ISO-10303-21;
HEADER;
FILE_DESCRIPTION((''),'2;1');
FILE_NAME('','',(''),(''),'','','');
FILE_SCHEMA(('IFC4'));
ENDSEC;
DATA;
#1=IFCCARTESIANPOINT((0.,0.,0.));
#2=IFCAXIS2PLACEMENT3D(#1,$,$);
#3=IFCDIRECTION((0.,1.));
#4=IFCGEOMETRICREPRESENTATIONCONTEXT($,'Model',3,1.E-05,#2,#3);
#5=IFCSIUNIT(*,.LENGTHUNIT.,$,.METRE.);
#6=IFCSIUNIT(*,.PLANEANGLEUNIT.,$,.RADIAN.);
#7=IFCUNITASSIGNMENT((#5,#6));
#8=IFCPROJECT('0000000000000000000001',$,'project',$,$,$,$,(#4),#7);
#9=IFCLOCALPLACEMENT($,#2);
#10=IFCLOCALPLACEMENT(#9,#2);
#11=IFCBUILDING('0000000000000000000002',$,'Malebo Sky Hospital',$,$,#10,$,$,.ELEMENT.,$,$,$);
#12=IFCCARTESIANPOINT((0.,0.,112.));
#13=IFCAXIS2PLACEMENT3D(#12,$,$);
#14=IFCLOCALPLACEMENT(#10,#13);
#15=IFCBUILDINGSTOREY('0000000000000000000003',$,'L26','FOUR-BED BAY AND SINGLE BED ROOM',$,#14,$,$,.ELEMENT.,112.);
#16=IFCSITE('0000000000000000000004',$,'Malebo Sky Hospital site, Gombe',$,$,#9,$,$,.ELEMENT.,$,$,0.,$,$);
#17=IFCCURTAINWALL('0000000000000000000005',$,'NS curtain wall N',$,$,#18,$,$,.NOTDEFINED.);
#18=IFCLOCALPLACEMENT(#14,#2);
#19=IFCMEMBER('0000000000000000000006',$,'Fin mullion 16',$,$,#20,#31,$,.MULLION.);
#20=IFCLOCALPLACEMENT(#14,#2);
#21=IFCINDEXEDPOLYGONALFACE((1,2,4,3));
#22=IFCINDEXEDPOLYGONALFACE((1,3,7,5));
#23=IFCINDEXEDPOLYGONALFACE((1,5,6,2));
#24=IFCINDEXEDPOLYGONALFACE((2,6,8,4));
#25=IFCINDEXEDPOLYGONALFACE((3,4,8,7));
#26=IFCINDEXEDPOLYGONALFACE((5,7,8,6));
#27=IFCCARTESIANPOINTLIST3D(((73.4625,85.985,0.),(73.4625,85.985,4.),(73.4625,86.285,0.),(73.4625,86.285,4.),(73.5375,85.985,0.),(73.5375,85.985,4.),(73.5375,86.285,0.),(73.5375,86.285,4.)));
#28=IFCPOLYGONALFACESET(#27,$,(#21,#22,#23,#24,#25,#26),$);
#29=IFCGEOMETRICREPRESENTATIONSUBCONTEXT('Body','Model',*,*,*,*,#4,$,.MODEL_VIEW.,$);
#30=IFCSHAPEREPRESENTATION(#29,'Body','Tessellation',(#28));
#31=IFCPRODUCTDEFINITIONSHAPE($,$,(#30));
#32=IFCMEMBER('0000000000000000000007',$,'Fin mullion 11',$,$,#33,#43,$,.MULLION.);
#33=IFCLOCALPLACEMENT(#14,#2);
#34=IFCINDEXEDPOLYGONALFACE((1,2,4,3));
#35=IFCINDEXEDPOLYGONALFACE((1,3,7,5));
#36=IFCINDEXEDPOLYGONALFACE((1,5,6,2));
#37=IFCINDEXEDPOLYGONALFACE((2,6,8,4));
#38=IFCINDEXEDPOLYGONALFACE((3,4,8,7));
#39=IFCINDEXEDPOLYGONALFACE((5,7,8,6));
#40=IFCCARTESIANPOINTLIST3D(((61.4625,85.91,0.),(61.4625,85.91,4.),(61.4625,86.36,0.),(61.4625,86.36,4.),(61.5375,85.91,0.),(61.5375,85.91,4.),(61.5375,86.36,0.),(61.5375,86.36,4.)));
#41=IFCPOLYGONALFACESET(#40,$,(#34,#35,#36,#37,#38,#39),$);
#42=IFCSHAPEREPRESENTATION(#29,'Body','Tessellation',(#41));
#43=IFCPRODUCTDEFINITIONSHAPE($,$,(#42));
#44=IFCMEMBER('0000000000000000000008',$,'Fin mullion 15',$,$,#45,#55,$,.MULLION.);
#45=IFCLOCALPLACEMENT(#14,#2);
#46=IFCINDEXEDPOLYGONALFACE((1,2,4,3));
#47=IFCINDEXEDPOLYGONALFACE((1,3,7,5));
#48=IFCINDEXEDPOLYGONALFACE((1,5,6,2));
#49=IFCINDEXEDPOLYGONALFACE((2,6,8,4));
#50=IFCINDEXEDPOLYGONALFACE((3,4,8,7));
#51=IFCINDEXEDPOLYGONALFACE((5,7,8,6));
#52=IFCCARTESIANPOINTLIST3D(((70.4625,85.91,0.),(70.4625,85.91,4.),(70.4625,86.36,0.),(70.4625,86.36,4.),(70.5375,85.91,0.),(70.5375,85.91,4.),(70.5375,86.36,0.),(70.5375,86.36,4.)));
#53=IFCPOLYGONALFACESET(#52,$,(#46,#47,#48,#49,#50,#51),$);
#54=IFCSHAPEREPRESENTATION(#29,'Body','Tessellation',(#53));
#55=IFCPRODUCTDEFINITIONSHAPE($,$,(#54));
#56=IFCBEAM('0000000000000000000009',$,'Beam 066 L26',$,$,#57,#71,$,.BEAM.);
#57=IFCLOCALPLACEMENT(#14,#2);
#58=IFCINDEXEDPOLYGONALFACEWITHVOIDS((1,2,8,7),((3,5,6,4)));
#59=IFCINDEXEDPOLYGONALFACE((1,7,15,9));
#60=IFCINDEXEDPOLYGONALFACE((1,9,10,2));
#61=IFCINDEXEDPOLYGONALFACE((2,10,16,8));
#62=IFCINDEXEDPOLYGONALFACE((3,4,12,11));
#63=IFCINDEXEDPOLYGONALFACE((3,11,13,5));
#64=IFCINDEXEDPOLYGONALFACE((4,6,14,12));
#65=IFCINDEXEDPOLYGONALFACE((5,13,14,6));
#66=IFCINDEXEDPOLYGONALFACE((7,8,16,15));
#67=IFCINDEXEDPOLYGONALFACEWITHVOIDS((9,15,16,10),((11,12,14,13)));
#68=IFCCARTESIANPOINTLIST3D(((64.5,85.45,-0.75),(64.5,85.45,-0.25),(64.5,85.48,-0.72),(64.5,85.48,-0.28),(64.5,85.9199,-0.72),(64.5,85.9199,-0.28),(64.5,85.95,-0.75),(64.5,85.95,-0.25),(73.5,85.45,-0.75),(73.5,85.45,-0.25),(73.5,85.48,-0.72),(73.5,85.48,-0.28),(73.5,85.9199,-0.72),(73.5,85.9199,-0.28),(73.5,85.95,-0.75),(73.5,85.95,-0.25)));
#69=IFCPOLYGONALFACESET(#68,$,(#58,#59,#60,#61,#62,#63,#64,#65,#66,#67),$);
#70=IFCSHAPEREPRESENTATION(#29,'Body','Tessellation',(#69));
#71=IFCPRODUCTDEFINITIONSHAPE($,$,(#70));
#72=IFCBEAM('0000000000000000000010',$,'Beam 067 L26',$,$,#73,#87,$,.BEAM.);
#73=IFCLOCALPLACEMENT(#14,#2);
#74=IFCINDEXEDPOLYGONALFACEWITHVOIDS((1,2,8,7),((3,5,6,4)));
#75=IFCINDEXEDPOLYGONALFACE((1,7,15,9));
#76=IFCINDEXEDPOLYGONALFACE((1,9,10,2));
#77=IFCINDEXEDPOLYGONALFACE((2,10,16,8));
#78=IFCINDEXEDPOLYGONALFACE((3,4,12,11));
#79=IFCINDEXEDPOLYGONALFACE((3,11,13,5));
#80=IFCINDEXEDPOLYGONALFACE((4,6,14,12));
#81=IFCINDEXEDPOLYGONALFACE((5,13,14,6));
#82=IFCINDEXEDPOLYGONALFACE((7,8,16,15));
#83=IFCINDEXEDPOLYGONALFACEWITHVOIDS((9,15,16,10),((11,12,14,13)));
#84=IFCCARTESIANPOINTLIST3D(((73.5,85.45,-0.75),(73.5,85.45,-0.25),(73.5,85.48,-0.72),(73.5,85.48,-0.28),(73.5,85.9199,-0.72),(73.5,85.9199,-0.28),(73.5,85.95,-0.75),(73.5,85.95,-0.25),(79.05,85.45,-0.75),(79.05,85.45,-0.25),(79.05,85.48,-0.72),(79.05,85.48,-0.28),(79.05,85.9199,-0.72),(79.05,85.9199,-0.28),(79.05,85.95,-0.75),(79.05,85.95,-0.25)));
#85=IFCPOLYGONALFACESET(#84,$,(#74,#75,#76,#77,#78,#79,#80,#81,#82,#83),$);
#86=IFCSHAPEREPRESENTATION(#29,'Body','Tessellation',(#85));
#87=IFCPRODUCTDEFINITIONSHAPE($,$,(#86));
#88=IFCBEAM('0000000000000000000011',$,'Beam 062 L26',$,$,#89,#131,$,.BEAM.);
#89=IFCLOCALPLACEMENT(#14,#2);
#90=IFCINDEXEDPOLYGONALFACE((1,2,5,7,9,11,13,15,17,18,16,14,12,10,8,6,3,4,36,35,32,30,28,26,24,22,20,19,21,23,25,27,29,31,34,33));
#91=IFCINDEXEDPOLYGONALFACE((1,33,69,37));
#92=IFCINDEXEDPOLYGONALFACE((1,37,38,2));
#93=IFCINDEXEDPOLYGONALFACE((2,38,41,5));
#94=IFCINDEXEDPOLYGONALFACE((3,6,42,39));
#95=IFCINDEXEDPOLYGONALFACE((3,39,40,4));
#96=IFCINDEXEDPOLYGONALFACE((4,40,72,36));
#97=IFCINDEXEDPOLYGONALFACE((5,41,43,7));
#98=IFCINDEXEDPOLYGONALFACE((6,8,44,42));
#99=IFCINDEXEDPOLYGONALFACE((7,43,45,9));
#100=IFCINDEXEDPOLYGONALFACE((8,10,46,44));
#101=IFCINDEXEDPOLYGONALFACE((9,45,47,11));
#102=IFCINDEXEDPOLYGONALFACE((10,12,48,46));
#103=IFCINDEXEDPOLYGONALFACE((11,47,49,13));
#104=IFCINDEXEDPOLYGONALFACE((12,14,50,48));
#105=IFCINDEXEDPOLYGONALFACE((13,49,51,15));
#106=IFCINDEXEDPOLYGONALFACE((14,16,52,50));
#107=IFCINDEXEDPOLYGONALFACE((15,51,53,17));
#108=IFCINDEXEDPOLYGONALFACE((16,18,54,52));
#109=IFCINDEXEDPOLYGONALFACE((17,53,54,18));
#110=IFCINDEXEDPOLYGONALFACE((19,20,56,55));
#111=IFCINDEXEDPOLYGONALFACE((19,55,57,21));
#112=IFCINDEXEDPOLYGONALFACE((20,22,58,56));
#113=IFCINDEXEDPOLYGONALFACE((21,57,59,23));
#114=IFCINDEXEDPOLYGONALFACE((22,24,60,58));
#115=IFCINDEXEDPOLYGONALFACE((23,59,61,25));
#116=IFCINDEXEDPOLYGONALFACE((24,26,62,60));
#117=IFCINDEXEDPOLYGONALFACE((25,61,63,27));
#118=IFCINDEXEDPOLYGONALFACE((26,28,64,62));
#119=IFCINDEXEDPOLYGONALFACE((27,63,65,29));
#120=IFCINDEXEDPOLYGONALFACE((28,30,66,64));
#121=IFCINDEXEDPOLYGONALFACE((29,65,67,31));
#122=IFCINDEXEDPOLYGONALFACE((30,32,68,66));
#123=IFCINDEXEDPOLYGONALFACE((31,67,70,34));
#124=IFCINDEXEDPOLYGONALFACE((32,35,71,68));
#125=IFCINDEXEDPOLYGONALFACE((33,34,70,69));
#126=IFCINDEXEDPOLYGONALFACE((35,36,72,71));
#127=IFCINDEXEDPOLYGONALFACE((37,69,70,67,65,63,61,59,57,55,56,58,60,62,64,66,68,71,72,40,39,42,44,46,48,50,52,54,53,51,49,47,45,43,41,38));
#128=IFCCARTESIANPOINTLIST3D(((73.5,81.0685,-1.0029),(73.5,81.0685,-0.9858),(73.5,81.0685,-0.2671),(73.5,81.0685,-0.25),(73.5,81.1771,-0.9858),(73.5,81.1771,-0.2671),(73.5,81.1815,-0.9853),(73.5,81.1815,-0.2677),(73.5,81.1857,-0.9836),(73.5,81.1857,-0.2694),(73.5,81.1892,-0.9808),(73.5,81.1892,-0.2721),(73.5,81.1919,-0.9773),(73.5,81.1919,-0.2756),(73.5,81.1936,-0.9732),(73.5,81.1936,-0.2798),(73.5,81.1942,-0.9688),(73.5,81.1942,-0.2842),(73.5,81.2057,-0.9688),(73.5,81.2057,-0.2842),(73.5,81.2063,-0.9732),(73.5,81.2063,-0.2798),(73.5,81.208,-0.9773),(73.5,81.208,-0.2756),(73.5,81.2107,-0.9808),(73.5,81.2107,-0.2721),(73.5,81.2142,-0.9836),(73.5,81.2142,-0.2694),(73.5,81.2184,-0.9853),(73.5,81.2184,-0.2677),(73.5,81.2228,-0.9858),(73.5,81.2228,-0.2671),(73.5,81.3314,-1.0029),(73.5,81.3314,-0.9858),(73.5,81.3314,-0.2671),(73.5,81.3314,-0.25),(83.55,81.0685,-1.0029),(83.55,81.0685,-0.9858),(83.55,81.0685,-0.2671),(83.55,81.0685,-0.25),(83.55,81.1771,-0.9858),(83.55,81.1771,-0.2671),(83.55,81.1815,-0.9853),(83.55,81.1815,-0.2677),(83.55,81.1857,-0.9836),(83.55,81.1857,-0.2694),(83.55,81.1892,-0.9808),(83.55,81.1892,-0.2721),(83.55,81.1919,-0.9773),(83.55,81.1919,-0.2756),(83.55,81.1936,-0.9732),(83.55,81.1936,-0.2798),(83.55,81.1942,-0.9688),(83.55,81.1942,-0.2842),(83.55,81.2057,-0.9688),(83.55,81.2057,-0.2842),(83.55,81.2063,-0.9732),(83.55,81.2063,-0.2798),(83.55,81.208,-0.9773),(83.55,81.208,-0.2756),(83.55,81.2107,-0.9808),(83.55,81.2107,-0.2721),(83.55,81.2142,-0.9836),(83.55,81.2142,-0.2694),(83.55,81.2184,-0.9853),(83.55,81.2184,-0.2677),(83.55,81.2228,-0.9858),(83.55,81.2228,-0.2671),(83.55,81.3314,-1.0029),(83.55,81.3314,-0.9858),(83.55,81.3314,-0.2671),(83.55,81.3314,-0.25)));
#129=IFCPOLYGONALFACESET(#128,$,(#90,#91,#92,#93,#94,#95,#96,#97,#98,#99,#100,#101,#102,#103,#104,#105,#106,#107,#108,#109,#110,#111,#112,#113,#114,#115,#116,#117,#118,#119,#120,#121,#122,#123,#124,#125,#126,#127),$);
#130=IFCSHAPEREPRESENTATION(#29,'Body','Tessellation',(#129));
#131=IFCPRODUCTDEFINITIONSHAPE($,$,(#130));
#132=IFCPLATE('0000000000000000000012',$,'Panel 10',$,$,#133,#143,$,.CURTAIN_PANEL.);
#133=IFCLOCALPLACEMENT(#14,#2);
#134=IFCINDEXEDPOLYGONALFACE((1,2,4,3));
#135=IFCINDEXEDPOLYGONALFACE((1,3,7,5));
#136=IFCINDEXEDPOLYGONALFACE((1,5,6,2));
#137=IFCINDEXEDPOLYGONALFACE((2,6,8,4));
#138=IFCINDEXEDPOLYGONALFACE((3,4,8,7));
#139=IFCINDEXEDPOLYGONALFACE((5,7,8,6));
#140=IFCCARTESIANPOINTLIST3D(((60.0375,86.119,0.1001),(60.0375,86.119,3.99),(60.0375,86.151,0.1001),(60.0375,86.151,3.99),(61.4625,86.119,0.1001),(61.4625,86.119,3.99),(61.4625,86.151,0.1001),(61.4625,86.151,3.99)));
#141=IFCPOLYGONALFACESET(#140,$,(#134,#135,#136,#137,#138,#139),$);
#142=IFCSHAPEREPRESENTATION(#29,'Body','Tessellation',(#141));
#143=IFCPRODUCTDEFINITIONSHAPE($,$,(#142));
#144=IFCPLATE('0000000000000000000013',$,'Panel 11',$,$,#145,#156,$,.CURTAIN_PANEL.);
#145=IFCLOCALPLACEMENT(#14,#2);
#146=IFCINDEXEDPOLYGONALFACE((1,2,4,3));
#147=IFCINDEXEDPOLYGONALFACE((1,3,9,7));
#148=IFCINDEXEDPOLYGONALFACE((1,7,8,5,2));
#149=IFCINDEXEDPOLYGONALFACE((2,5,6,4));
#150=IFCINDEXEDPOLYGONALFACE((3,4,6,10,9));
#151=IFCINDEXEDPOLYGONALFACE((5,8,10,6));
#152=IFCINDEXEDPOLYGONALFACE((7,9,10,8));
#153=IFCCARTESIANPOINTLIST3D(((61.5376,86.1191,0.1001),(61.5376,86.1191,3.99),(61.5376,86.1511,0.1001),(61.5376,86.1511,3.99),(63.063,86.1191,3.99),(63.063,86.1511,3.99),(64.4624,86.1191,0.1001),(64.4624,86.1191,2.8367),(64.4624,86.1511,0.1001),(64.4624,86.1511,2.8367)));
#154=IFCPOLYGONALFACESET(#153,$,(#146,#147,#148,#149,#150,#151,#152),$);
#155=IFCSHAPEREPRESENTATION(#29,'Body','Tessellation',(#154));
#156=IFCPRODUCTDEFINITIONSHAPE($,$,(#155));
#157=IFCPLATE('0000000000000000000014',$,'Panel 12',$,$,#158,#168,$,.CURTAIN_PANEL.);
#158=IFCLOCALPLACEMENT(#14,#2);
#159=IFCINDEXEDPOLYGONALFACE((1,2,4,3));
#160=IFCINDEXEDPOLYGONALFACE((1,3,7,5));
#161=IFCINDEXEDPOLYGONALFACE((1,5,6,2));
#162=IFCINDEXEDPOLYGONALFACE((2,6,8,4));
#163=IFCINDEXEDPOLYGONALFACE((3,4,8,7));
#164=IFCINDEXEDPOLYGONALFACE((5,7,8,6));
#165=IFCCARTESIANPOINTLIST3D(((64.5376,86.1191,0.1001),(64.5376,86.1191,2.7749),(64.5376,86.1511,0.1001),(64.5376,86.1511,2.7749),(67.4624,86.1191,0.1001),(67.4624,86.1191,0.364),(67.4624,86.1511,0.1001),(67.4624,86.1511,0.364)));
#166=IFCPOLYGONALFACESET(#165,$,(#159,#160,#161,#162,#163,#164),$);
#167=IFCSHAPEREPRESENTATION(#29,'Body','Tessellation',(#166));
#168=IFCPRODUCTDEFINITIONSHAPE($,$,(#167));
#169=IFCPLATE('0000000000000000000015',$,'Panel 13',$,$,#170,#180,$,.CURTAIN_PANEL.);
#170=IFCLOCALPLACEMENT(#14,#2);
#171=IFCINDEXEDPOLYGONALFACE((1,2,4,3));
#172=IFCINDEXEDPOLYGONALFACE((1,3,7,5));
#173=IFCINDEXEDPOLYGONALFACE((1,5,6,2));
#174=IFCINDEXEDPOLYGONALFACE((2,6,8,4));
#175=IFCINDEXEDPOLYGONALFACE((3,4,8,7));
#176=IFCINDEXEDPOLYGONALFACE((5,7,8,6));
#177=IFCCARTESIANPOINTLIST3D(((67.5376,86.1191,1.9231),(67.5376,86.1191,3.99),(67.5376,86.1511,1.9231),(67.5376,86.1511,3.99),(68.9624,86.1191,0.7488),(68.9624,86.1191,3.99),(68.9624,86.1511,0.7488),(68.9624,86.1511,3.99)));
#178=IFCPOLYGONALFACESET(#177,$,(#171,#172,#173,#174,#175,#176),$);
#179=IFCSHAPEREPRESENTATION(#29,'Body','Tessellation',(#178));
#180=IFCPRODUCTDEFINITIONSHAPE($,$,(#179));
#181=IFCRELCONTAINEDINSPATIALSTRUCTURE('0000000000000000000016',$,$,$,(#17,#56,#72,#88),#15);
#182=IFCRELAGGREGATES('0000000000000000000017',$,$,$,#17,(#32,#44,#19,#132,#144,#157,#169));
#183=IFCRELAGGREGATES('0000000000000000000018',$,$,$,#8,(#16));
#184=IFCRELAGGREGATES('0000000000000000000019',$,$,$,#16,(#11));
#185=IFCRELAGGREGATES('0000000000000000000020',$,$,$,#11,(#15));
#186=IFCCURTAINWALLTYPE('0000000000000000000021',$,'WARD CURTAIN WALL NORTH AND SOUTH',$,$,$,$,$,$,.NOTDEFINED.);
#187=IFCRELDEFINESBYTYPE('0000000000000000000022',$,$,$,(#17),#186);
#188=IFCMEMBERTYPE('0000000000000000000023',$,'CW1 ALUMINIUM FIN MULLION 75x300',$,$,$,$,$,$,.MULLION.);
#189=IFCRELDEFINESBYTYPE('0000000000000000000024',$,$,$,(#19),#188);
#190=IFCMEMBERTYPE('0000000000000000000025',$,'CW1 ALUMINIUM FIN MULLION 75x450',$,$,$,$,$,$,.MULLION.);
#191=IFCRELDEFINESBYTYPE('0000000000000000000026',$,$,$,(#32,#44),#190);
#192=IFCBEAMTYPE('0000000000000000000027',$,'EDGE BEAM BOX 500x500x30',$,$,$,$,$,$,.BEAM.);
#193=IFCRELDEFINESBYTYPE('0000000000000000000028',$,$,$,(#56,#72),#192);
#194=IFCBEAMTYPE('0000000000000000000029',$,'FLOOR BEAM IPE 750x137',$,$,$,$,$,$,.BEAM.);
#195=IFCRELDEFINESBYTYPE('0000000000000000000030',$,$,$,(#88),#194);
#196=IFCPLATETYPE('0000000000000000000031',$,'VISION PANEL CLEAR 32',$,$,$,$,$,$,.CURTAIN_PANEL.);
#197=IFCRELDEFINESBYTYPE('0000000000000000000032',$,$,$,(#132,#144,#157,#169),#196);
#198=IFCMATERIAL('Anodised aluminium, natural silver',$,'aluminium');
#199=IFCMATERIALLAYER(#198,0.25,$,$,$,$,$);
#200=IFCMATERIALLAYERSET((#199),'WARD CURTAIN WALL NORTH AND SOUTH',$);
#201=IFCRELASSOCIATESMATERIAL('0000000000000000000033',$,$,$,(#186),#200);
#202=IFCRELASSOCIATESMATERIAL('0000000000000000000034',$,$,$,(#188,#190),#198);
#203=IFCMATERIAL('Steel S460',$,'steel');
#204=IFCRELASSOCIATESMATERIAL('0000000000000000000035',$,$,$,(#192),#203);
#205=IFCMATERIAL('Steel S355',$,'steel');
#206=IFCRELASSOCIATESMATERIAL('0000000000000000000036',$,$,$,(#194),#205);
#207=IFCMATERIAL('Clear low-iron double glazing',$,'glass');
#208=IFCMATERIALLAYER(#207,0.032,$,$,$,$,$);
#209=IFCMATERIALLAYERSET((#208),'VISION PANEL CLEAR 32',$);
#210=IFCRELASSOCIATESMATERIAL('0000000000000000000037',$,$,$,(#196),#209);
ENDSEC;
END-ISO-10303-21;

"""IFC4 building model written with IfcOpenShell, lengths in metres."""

from ifc_helpers import new_model, si_unit, direction, frame, origin, origin_2d, place, context, subcontext, project, spatial, polyline, rectangle, hollow_rectangle, i_section, outline, extrude, material, layer, layer_set, material_profile, profile_set, type_object, element, aggregate, save


model = new_model("IFC4")

# Units and contexts
model_context = context("Model", 3, precision=1e-05, world=origin(), true_north=direction((0.0, 1.0)))
body_context = subcontext(model_context, "Body", "Model", "MODEL_VIEW")
ifc_project = project(units=[si_unit("LENGTHUNIT", "METRE"), si_unit("PLANEANGLEUNIT", "RADIAN")], contexts=[model_context])

# Site, building, storey
site_placement = place(None, origin())
site = spatial("IfcSite", under=ifc_project, at=site_placement, Name="Malebo Sky Hospital site, Gombe", CompositionType="ELEMENT", RefElevation=0.0)
building_placement = place(site_placement, origin())
building = spatial("IfcBuilding", under=site, at=building_placement, Name="Malebo Sky Hospital", CompositionType="ELEMENT")
storey_placement = place(building_placement, frame((0.0, 0.0, 112.0)))
storey = spatial("IfcBuildingStorey", under=building, at=storey_placement, Name="L26", Description="FOUR-BED BAY AND SINGLE BED ROOM", CompositionType="ELEMENT", Elevation=112.0)

# Shared definitions
ifc_material_1 = material(Name="Steel S460", Category="steel")

# Curtain wall
ifc_material_2 = material(Name="Anodised aluminium, natural silver", Category="aluminium")
ifc_layer_1 = layer(ifc_material_2, 0.25)
ifc_layer_set_1 = layer_set([ifc_layer_1], Name="WARD CURTAIN WALL NORTH AND SOUTH")
curtain_wall_type = type_object("IfcCurtainWallType", Name="WARD CURTAIN WALL NORTH AND SOUTH", PredefinedType="NOTDEFINED", material=ifc_layer_set_1)
curtain_wall_placement = place(storey_placement, origin())
curtain_wall = element("IfcCurtainWall", 1, at=curtain_wall_placement, inside=storey, type_object=curtain_wall_type, Name="NS curtain wall N", PredefinedType="NOTDEFINED")

# Members
ifc_material_3 = material(Name="Steel S355", Category="steel")
ifc_material_profile_1 = material_profile(ifc_material_2, rectangle(XDim=0.075, YDim=0.3, at=origin_2d()), Name="CW1 ALUMINIUM FIN MULLION 75x300")
ifc_profile_set_1 = profile_set([ifc_material_profile_1], Name="Anodised aluminium, natural silver")
member_type_1 = type_object("IfcMemberType", Name="CW1 ALUMINIUM FIN MULLION 75x300", PredefinedType="MULLION", material=ifc_profile_set_1)
member_1_placement = place(storey_placement, frame((73.5, 86.135, 0.0), z_axis=(0.0, 0.0, 1.0), x_axis=(1.0, 0.0, 0.0)))
member_1 = element("IfcMember", 2, at=member_1_placement, type_object=member_type_1, Name="Fin mullion 16", PredefinedType="MULLION", context=body_context, shape_type="SweptSolid", body=[
    extrude(rectangle(XDim=0.075, YDim=0.3, at=origin_2d()), origin(), (0.0, 0.0, 1.0), 4.0),
])
ifc_material_profile_2 = material_profile(ifc_material_2, rectangle(XDim=0.075, YDim=0.45, at=origin_2d()), Name="CW1 ALUMINIUM FIN MULLION 75x450")
ifc_profile_set_2 = profile_set([ifc_material_profile_2], Name="Anodised aluminium, natural silver")
member_type_2 = type_object("IfcMemberType", Name="CW1 ALUMINIUM FIN MULLION 75x450", PredefinedType="MULLION", material=ifc_profile_set_2)
member_2_placement = place(storey_placement, frame((61.5, 86.135, 0.0), z_axis=(0.0, 0.0, 1.0), x_axis=(1.0, 0.0, 0.0)))
member_2 = element("IfcMember", 3, at=member_2_placement, type_object=member_type_2, Name="Fin mullion 11", PredefinedType="MULLION", context=body_context, shape_type="SweptSolid", body=[
    extrude(rectangle(XDim=0.075, YDim=0.45, at=origin_2d()), origin(), (0.0, 0.0, 1.0), 4.0),
])
member_3_placement = place(storey_placement, frame((70.5, 86.135, 0.0), z_axis=(0.0, 0.0, 1.0), x_axis=(1.0, 0.0, 0.0)))
member_3 = element("IfcMember", 4, at=member_3_placement, type_object=member_type_2, Name="Fin mullion 15", PredefinedType="MULLION", context=body_context, shape_type="SweptSolid", body=[
    extrude(rectangle(XDim=0.075, YDim=0.45, at=origin_2d()), origin(), (0.0, 0.0, 1.0), 4.0),
])

# Beams
ifc_material_profile_3 = material_profile(ifc_material_1, hollow_rectangle(XDim=0.5, YDim=0.5, WallThickness=0.03, at=origin_2d()), Name="BOX 500x500x30")
ifc_profile_set_3 = profile_set([ifc_material_profile_3], Name="Steel S460")
beam_type_1 = type_object("IfcBeamType", Name="EDGE BEAM BOX 500x500x30", PredefinedType="BEAM", material=ifc_profile_set_3)
beam_1_placement = place(storey_placement, frame((64.5, 85.7, -0.5), z_axis=(1.0, 0.0, 0.0), x_axis=(0.0, 1.0, 0.0)))
element("IfcBeam", 5, at=beam_1_placement, inside=storey, type_object=beam_type_1, Name="Beam 066 L26", PredefinedType="BEAM", context=body_context, shape_type="SweptSolid", body=[
    extrude(hollow_rectangle(XDim=0.5, YDim=0.5, WallThickness=0.03, at=origin_2d()), origin(), (0.0, 0.0, 1.0), 9.0),
])
beam_2_placement = place(storey_placement, frame((73.5, 85.7, -0.5), z_axis=(1.0, 0.0, 0.0), x_axis=(0.0, 1.0, 0.0)))
element("IfcBeam", 6, at=beam_2_placement, inside=storey, type_object=beam_type_1, Name="Beam 067 L26", PredefinedType="BEAM", context=body_context, shape_type="SweptSolid", body=[
    extrude(hollow_rectangle(XDim=0.5, YDim=0.5, WallThickness=0.03, at=origin_2d()), origin(), (0.0, 0.0, 1.0), 5.55),
])
ifc_material_profile_4 = material_profile(ifc_material_3, i_section(OverallWidth=0.2629, OverallDepth=0.7529, WebThickness=0.0115, FlangeThickness=0.0171, FilletRadius=0.0171, at=origin_2d()), Name="IPE 750x137")
ifc_profile_set_4 = profile_set([ifc_material_profile_4], Name="Steel S355")
beam_type_2 = type_object("IfcBeamType", Name="FLOOR BEAM IPE 750x137", PredefinedType="BEAM", material=ifc_profile_set_4)
beam_3_placement = place(storey_placement, frame((73.5, 81.2, -0.6265), z_axis=(1.0, 0.0, 0.0), x_axis=(0.0, 1.0, 0.0)))
element("IfcBeam", 7, at=beam_3_placement, inside=storey, type_object=beam_type_2, Name="Beam 062 L26", PredefinedType="BEAM", context=body_context, shape_type="SweptSolid", body=[
    extrude(i_section(OverallWidth=0.2629, OverallDepth=0.7529, WebThickness=0.0115, FlangeThickness=0.0171, FilletRadius=0.0171, at=origin_2d()), origin(), (0.0, 0.0, 1.0), 10.05),
])

# Plates
ifc_material_4 = material(Name="Clear low-iron double glazing", Category="glass")
ifc_layer_2 = layer(ifc_material_4, 0.032)
ifc_layer_set_2 = layer_set([ifc_layer_2], Name="VISION PANEL CLEAR 32")
plate_type = type_object("IfcPlateType", Name="VISION PANEL CLEAR 32", PredefinedType="CURTAIN_PANEL", material=ifc_layer_set_2)
plate_1_placement = place(storey_placement, frame((60.75, 86.135, 0.1001), z_axis=(0.0, 0.0, 1.0), x_axis=(1.0, 0.0, 0.0)))
plate_1 = element("IfcPlate", 8, at=plate_1_placement, type_object=plate_type, Name="Panel 10", PredefinedType="CURTAIN_PANEL", context=body_context, shape_type="SweptSolid", body=[
    extrude(rectangle(XDim=1.425, YDim=0.032, at=origin_2d()), origin(), (0.0, 0.0, 1.0), 3.8899),
])
plate_2_placement = place(storey_placement, frame((63.0, 86.135, 0.1001), z_axis=(0.0, 0.0, 1.0), x_axis=(1.0, 0.0, 0.0)))
plate_2 = element("IfcPlate", 9, at=plate_2_placement, type_object=plate_type, Name="Panel 11", PredefinedType="CURTAIN_PANEL", context=body_context, shape_type="SweptSolid", body=[
    extrude(outline(polyline([(-1.4624, 0.0), (1.4624, 0.0), (1.4624, 2.7366), (0.063, 3.8899), (-1.4624, 3.8899), (-1.4624, 0.0)])), frame((0.0, 0.0161, 0.0), z_axis=(0.0, -1.0, 0.0), x_axis=(1.0, 0.0, 0.0)), (0.0, 0.0, 1.0), 0.032),
])
plate_3_placement = place(storey_placement, frame((66.0, 86.135, 0.1001), z_axis=(0.0, 0.0, 1.0), x_axis=(1.0, 0.0, 0.0)))
plate_3 = element("IfcPlate", 10, at=plate_3_placement, type_object=plate_type, Name="Panel 12", PredefinedType="CURTAIN_PANEL", context=body_context, shape_type="SweptSolid", body=[
    extrude(outline(polyline([(-1.4624, 0.0), (1.4624, 0.0), (1.4624, 0.2639), (-1.4624, 2.6748), (-1.4624, 0.0)])), frame((0.0, 0.0161, 0.0), z_axis=(0.0, -1.0, 0.0), x_axis=(1.0, 0.0, 0.0)), (0.0, 0.0, 1.0), 0.032),
])
plate_4_placement = place(storey_placement, frame((68.25, 86.135, 0.7488), z_axis=(0.0, 0.0, 1.0), x_axis=(1.0, 0.0, 0.0)))
plate_4 = element("IfcPlate", 11, at=plate_4_placement, type_object=plate_type, Name="Panel 13", PredefinedType="CURTAIN_PANEL", context=body_context, shape_type="SweptSolid", body=[
    extrude(outline(polyline([(0.7124, 0.0), (0.7124, 3.2412), (-0.7124, 3.2412), (-0.7124, 1.1743), (0.7124, 0.0)])), frame((0.0, 0.0161, 0.0), z_axis=(0.0, -1.0, 0.0), x_axis=(1.0, 0.0, 0.0)), (0.0, 0.0, 1.0), 0.032),
])
aggregate(curtain_wall, [member_2, member_3, member_1, plate_1, plate_2, plate_3, plate_4])

save(model, "model.ifc")
